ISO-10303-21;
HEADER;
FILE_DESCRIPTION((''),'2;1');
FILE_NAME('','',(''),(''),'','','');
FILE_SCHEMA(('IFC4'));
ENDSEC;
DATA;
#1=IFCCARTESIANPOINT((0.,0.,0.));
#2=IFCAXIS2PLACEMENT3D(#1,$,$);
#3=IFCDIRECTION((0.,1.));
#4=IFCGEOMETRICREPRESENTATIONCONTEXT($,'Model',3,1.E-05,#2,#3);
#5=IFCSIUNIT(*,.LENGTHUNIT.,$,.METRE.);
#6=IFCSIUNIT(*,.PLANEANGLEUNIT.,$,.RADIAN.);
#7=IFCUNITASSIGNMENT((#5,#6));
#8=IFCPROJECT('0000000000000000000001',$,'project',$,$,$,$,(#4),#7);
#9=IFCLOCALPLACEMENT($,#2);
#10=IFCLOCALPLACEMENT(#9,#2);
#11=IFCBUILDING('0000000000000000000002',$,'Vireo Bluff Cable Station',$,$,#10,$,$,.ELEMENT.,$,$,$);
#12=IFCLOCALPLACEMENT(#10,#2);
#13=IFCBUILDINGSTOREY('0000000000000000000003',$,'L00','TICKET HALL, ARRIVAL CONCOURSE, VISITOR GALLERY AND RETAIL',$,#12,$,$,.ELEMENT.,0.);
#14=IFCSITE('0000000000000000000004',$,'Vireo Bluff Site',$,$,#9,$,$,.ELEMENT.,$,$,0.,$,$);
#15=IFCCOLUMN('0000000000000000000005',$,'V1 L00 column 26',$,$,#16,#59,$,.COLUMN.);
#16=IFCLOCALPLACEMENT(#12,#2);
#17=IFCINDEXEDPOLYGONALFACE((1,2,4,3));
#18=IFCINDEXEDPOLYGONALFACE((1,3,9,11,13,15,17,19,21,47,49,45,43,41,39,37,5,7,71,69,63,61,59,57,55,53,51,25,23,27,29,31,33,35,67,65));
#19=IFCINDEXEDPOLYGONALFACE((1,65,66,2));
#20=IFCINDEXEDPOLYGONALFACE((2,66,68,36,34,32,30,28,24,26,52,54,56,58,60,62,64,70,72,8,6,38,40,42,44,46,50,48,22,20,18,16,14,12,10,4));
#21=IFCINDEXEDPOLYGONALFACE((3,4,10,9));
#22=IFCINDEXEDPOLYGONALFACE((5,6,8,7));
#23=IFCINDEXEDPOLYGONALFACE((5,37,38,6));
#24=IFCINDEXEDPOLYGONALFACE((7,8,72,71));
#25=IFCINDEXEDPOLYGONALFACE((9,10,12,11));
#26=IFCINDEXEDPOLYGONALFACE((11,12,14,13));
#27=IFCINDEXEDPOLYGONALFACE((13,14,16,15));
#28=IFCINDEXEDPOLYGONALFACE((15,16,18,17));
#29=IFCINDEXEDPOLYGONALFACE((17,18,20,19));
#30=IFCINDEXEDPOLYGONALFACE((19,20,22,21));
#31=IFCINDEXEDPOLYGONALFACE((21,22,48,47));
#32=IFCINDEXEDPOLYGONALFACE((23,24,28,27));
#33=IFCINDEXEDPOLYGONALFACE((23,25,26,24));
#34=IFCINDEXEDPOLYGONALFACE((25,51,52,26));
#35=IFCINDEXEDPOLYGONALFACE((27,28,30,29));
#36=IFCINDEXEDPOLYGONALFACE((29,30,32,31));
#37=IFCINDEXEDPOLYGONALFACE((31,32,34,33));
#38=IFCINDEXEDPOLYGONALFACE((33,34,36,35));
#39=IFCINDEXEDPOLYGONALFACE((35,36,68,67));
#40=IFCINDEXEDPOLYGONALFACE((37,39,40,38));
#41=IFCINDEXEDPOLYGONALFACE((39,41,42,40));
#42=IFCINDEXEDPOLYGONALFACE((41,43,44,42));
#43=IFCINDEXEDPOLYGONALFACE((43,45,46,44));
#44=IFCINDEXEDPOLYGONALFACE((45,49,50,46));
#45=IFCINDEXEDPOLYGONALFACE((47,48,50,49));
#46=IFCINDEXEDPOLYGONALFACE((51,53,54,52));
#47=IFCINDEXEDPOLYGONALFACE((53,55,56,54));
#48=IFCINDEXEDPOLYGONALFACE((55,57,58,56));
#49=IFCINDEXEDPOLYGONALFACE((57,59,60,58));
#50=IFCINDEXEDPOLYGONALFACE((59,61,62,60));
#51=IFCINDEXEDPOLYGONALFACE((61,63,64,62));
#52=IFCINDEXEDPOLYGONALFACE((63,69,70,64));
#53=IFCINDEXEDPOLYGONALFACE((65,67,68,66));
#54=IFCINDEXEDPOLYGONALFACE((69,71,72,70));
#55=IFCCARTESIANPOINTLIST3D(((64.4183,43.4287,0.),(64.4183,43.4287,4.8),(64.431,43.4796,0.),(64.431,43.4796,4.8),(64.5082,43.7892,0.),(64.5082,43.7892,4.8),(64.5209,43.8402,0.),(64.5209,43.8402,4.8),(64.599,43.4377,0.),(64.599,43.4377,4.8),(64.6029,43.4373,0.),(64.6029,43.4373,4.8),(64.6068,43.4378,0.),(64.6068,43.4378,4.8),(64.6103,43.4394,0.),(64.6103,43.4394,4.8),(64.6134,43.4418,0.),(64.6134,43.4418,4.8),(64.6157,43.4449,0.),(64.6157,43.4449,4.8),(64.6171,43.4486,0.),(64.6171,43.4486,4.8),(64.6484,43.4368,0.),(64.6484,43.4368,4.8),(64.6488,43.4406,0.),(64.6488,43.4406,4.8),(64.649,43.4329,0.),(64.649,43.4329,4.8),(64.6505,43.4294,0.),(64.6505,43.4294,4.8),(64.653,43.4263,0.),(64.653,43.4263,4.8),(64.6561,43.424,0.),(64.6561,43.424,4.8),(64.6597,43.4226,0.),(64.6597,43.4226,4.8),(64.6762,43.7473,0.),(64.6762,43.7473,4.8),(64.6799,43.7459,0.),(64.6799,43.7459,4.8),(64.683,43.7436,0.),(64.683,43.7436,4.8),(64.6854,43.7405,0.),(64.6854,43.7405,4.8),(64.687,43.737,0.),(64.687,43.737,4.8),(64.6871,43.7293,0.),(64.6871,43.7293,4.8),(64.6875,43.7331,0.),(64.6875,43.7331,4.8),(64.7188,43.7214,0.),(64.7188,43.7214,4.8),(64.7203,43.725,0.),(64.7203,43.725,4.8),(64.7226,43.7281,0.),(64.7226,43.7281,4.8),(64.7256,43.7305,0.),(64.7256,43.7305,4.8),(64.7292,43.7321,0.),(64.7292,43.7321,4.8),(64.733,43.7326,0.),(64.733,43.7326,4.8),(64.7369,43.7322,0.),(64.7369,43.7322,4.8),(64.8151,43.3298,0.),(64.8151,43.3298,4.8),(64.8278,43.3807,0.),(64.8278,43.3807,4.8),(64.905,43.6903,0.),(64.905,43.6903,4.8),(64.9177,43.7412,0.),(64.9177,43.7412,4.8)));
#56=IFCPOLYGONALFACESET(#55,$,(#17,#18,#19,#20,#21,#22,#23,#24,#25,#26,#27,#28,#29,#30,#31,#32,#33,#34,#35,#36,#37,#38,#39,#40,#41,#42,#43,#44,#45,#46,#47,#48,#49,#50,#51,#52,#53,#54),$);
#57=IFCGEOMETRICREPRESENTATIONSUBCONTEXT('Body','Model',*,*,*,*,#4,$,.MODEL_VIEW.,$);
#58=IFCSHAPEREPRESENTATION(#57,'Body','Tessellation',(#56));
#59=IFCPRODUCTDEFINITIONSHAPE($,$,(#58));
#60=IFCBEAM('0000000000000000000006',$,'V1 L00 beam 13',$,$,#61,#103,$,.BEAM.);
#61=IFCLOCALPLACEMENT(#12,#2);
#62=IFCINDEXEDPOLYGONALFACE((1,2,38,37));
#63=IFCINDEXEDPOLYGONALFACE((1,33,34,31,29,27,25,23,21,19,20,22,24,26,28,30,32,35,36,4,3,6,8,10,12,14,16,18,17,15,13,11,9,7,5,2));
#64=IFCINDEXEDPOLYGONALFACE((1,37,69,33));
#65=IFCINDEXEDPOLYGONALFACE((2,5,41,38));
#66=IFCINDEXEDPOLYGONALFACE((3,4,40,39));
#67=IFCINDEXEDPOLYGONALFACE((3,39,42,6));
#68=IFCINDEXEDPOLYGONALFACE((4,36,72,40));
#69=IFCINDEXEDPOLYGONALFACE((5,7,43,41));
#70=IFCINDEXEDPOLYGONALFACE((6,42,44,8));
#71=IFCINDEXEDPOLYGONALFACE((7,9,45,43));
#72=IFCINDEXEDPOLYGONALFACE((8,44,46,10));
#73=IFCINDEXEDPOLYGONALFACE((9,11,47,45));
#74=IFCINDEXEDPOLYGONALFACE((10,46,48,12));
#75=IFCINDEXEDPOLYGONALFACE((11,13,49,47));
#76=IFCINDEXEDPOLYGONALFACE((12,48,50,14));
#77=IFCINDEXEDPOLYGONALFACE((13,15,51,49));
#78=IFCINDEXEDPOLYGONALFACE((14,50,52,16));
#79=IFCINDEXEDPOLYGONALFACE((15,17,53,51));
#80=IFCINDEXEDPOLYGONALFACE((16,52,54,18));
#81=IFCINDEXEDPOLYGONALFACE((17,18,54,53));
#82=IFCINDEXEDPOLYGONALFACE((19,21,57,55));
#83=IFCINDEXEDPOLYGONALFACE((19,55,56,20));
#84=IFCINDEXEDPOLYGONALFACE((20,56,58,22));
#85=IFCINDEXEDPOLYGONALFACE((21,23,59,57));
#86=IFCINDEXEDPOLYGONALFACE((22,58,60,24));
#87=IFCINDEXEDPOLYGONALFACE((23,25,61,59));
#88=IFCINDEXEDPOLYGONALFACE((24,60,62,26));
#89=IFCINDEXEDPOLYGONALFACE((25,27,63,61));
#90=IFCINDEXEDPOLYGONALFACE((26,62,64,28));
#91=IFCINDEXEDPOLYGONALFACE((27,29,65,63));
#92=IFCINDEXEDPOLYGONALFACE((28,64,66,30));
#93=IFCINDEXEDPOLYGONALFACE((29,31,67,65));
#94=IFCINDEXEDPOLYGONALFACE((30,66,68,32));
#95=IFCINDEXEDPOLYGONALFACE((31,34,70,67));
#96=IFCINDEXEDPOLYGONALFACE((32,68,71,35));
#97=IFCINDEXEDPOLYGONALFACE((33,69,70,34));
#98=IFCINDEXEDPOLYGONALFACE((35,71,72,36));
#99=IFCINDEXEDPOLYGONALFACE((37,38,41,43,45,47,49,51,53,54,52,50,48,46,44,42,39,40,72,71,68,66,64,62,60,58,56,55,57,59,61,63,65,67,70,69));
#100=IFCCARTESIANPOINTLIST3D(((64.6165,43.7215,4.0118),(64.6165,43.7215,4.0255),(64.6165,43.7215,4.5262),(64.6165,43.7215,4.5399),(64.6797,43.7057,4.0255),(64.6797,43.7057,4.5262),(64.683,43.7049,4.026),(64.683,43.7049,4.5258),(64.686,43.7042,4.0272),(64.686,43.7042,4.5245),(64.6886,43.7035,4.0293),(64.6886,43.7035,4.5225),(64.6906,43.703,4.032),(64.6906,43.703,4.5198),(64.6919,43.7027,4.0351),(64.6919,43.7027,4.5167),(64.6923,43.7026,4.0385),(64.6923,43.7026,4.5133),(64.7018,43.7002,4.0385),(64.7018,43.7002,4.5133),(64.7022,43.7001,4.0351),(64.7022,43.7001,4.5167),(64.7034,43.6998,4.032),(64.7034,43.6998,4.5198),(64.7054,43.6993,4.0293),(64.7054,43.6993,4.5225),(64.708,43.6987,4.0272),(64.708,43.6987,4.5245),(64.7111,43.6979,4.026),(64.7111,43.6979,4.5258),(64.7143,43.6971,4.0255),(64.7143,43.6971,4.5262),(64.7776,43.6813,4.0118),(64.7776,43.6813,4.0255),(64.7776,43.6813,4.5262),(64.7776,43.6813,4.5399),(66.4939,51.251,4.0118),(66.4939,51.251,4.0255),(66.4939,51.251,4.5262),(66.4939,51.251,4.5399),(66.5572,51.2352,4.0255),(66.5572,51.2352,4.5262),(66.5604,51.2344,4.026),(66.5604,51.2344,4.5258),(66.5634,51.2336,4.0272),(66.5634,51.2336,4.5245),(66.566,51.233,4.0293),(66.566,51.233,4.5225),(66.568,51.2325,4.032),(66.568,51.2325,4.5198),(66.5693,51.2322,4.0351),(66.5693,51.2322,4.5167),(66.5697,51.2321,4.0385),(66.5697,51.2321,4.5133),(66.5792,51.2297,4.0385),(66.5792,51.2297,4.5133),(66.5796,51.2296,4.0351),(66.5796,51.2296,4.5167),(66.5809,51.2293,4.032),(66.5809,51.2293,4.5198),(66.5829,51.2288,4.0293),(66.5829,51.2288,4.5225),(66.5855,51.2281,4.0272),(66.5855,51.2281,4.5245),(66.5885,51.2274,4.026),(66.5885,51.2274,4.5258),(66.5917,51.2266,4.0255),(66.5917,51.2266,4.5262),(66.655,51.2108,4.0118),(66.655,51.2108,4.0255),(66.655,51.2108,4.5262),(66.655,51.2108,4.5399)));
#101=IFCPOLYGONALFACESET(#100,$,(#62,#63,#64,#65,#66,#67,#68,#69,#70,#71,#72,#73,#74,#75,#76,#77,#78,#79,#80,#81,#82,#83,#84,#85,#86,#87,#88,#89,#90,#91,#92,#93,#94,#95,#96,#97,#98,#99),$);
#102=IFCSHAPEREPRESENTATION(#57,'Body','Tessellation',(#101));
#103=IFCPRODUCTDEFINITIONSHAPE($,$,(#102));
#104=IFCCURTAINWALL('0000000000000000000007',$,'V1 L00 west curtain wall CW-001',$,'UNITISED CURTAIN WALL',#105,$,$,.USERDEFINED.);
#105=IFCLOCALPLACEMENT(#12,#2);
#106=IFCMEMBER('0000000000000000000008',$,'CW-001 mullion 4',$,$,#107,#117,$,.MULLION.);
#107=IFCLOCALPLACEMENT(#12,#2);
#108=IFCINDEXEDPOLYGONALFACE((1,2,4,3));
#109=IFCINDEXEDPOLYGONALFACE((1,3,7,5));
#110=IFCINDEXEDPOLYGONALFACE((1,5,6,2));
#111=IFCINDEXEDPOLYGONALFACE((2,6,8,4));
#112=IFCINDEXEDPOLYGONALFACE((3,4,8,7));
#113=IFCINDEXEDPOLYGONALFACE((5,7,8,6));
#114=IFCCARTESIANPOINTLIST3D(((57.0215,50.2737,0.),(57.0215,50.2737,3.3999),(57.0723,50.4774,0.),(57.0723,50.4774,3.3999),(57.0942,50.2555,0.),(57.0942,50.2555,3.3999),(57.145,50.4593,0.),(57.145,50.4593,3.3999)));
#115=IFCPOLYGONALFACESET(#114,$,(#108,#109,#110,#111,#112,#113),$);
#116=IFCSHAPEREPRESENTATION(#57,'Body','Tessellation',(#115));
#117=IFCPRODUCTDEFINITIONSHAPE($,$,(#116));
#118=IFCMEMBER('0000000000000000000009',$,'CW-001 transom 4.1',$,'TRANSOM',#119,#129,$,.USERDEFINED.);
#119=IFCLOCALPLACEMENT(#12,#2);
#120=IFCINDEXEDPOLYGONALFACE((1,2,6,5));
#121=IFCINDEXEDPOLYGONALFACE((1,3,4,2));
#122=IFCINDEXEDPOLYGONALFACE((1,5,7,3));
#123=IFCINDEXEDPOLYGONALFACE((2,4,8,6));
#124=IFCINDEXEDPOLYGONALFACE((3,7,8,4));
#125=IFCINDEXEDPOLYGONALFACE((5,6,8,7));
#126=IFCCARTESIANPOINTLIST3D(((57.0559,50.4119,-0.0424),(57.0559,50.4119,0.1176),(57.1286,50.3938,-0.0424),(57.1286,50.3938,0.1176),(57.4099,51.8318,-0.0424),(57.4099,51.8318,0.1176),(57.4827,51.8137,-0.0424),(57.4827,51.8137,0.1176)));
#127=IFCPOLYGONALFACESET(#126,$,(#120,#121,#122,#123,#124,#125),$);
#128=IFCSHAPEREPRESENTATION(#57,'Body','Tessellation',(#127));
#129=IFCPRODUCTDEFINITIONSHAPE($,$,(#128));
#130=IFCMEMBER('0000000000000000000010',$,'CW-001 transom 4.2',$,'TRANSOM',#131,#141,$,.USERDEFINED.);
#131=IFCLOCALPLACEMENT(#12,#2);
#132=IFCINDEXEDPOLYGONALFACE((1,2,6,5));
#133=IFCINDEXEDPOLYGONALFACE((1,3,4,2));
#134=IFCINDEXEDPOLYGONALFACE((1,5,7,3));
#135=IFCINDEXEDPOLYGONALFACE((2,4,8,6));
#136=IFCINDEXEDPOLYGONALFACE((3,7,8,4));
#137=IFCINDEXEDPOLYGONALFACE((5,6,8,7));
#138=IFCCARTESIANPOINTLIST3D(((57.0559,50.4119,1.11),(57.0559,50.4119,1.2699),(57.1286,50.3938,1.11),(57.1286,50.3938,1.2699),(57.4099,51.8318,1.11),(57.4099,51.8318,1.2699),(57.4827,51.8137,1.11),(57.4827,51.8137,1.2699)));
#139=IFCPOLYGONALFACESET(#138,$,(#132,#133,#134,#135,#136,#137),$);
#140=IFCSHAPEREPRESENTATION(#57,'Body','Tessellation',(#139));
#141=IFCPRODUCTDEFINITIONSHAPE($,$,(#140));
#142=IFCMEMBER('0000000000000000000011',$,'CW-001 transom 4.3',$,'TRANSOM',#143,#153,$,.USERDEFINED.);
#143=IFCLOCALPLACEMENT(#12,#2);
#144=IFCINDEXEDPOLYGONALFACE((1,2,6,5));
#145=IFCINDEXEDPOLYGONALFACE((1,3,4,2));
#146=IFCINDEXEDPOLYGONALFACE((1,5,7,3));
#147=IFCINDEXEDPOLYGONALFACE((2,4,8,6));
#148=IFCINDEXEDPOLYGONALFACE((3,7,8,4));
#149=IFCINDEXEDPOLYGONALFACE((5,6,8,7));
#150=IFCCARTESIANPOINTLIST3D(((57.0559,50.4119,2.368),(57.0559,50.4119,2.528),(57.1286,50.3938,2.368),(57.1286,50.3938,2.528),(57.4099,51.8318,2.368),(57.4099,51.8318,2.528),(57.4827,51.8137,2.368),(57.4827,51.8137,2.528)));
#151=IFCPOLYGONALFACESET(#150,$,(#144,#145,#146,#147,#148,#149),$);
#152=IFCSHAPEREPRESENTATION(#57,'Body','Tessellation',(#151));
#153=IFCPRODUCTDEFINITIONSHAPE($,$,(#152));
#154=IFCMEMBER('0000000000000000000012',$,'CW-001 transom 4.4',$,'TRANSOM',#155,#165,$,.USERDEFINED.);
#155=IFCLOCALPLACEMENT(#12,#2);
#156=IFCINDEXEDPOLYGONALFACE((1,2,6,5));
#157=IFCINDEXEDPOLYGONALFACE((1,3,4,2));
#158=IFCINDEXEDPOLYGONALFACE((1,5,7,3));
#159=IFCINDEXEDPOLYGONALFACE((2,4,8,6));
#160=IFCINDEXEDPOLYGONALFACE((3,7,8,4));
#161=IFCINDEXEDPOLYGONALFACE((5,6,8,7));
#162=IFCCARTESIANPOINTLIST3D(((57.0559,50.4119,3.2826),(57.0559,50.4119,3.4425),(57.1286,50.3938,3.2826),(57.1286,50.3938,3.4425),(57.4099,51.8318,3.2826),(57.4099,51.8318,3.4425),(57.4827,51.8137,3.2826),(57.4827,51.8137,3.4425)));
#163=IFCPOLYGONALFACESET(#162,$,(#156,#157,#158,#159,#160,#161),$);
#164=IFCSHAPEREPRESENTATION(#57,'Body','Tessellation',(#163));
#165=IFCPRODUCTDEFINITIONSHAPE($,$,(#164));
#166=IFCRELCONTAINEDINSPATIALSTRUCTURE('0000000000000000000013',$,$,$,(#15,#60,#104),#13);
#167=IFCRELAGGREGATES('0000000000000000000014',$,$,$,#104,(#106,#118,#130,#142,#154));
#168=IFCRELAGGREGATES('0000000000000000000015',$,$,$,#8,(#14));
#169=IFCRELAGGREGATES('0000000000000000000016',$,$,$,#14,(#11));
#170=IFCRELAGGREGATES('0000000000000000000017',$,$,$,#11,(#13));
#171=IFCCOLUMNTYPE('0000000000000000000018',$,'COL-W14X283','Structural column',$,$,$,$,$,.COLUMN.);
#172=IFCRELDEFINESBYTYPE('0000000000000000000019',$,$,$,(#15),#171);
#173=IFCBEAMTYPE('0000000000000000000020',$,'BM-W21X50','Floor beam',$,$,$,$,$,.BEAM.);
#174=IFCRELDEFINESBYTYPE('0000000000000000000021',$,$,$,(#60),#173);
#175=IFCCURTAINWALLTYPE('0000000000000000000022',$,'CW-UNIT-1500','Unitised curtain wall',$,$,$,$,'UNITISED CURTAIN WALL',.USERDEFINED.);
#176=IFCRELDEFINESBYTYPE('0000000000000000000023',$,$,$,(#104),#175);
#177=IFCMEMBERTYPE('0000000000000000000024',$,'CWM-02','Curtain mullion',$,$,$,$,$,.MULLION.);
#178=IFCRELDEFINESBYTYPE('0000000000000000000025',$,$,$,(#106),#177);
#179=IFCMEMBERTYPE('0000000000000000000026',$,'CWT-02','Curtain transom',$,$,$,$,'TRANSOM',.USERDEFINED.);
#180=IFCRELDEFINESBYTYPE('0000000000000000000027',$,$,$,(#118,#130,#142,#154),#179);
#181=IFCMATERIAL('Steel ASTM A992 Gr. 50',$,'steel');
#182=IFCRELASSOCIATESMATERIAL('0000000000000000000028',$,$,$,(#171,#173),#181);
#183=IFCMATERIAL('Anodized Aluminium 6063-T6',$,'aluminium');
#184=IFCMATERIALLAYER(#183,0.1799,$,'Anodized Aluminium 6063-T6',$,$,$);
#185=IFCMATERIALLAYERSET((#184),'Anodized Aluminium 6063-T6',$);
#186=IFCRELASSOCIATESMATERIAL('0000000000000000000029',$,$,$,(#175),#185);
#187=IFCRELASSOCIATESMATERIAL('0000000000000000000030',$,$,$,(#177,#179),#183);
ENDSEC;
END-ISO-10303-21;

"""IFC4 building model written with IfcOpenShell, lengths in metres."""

from ifc_helpers import new_model, si_unit, direction, frame, origin, origin_2d, place, context, subcontext, project, spatial, rectangle, i_section, extrude, material, layer, layer_set, material_profile, profile_set, type_object, element, aggregate, save


model = new_model("IFC4")

# Units and contexts
model_context = context("Model", 3, precision=1e-05, world=origin(), true_north=direction((0.0, 1.0)))
body_context = subcontext(model_context, "Body", "Model", "MODEL_VIEW")
ifc_project = project(units=[si_unit("LENGTHUNIT", "METRE"), si_unit("PLANEANGLEUNIT", "RADIAN")], contexts=[model_context])

# Site, building, storey
site_placement = place(None, origin())
site = spatial("IfcSite", under=ifc_project, at=site_placement, Name="Vireo Bluff Site", CompositionType="ELEMENT", RefElevation=0.0)
building_placement = place(site_placement, origin())
building = spatial("IfcBuilding", under=site, at=building_placement, Name="Vireo Bluff Cable Station", CompositionType="ELEMENT")
storey_placement = place(building_placement, origin())
storey = spatial("IfcBuildingStorey", under=building, at=storey_placement, Name="L00", Description="TICKET HALL, ARRIVAL CONCOURSE, VISITOR GALLERY AND RETAIL", CompositionType="ELEMENT", Elevation=0.0)

# Column
ifc_material_1 = material(Name="Steel ASTM A992 Gr. 50", Category="steel")
ifc_material_profile_1 = material_profile(ifc_material_1, i_section(OverallWidth=0.4089, OverallDepth=0.4241, WebThickness=0.0327, FlangeThickness=0.0525, FilletRadius=0.0149, at=origin_2d()), Name="W14X283")
ifc_profile_set_1 = profile_set([ifc_material_profile_1], Name="Steel ASTM A992 Gr. 50")
column_type = type_object("IfcColumnType", Name="COL-W14X283", Description="Structural column", PredefinedType="COLUMN", material=ifc_profile_set_1)
column_placement = place(storey_placement, frame((64.668, 43.585, 0.0), z_axis=(0.0, 0.0, 1.0), x_axis=(0.970296, -0.241922, 0.0)))
element("IfcColumn", 1, at=column_placement, inside=storey, type_object=column_type, Name="V1 L00 column 26", PredefinedType="COLUMN", context=body_context, shape_type="SweptSolid", body=[
    extrude(i_section(OverallWidth=0.4089, OverallDepth=0.4241, WebThickness=0.0327, FlangeThickness=0.0525, FilletRadius=0.0149, at=origin_2d()), origin(), (0.0, 0.0, 1.0), 4.8),
])

# Beam
ifc_material_profile_2 = material_profile(ifc_material_1, i_section(OverallWidth=0.166, OverallDepth=0.5281, WebThickness=0.0098, FlangeThickness=0.0137, FilletRadius=0.0129, at=origin_2d()), Name="W21X50")
ifc_profile_set_2 = profile_set([ifc_material_profile_2], Name="Steel ASTM A992 Gr. 50")
beam_type_1 = type_object("IfcBeamType", Name="BM-W21X50", Description="Floor beam", PredefinedType="BEAM", material=ifc_profile_set_2)
beam_1_placement = place(storey_placement, frame((64.697, 43.7014, 4.2759), z_axis=(0.241936, 0.970292, 0.0), x_axis=(-0.970292, 0.241936, 0.0)))
element("IfcBeam", 2, at=beam_1_placement, inside=storey, type_object=beam_type_1, Name="V1 L00 beam 13", PredefinedType="BEAM", context=body_context, shape_type="SweptSolid", body=[
    extrude(i_section(OverallWidth=0.166, OverallDepth=0.5281, WebThickness=0.0098, FlangeThickness=0.0137, FilletRadius=0.0129, at=origin_2d()), origin(), (0.0, 0.0, 1.0), 7.76),
])

# Curtain wall, members
ifc_material_2 = material(Name="Anodized Aluminium 6063-T6", Category="aluminium")
ifc_layer_1 = layer(ifc_material_2, 0.1799, Name="Anodized Aluminium 6063-T6")
ifc_layer_set_1 = layer_set([ifc_layer_1], Name="Anodized Aluminium 6063-T6")
curtain_wall_type = type_object("IfcCurtainWallType", Name="CW-UNIT-1500", Description="Unitised curtain wall", ElementType="UNITISED CURTAIN WALL", PredefinedType="USERDEFINED", material=ifc_layer_set_1)
curtain_wall_placement = place(storey_placement, origin())
curtain_wall = element("IfcCurtainWall", 3, at=curtain_wall_placement, inside=storey, type_object=curtain_wall_type, Name="V1 L00 west curtain wall CW-001", ObjectType="UNITISED CURTAIN WALL", PredefinedType="USERDEFINED")
ifc_material_profile_3 = material_profile(ifc_material_2, rectangle(XDim=0.075, YDim=0.21, at=origin_2d()), Name="ALU-M-75X210")
ifc_profile_set_3 = profile_set([ifc_material_profile_3], Name="Anodized Aluminium 6063-T6")
member_type_1 = type_object("IfcMemberType", Name="CWM-02", Description="Curtain mullion", PredefinedType="MULLION", material=ifc_profile_set_3)
member_1_placement = place(storey_placement, frame((57.0833, 50.3665, 0.0), z_axis=(0.0, 0.0, 1.0), x_axis=(-0.970296, 0.241922, 0.0)))
member_1 = element("IfcMember", 4, at=member_1_placement, type_object=member_type_1, Name="CW-001 mullion 4", PredefinedType="MULLION", context=body_context, shape_type="SweptSolid", body=[
    extrude(rectangle(XDim=0.075, YDim=0.21, at=origin_2d()), origin(), (0.0, 0.0, 1.0), 3.3999),
])
ifc_material_profile_4 = material_profile(ifc_material_2, rectangle(XDim=0.075, YDim=0.1599, at=origin_2d()), Name="ALU-T-75X160")
ifc_profile_set_4 = profile_set([ifc_material_profile_4], Name="Anodized Aluminium 6063-T6")
member_type_2 = type_object("IfcMemberType", Name="CWT-02", Description="Curtain transom", ElementType="TRANSOM", PredefinedType="USERDEFINED", material=ifc_profile_set_4)
member_2_placement = place(storey_placement, frame((57.0923, 50.4028, 0.0376), z_axis=(0.241907, 0.970299, 0.0), x_axis=(-0.970299, 0.241907, 0.0)))
member_2 = element("IfcMember", 5, at=member_2_placement, type_object=member_type_2, Name="CW-001 transom 4.1", ObjectType="TRANSOM", PredefinedType="USERDEFINED", context=body_context, shape_type="SweptSolid", body=[
    extrude(rectangle(XDim=0.075, YDim=0.1599, at=origin_2d()), origin(), (0.0, 0.0, 1.0), 1.4634),
])
member_3_placement = place(storey_placement, frame((57.0923, 50.4028, 1.1899), z_axis=(0.241907, 0.970299, 0.0), x_axis=(-0.970299, 0.241907, 0.0)))
member_3 = element("IfcMember", 6, at=member_3_placement, type_object=member_type_2, Name="CW-001 transom 4.2", ObjectType="TRANSOM", PredefinedType="USERDEFINED", context=body_context, shape_type="SweptSolid", body=[
    extrude(rectangle(XDim=0.075, YDim=0.1599, at=origin_2d()), origin(), (0.0, 0.0, 1.0), 1.4634),
])
member_4_placement = place(storey_placement, frame((57.0923, 50.4028, 2.448), z_axis=(0.241907, 0.970299, 0.0), x_axis=(-0.970299, 0.241907, 0.0)))
member_4 = element("IfcMember", 7, at=member_4_placement, type_object=member_type_2, Name="CW-001 transom 4.3", ObjectType="TRANSOM", PredefinedType="USERDEFINED", context=body_context, shape_type="SweptSolid", body=[
    extrude(rectangle(XDim=0.075, YDim=0.1599, at=origin_2d()), origin(), (0.0, 0.0, 1.0), 1.4634),
])
member_5_placement = place(storey_placement, frame((57.0923, 50.4028, 3.3625), z_axis=(0.241907, 0.970299, 0.0), x_axis=(-0.970299, 0.241907, 0.0)))
member_5 = element("IfcMember", 8, at=member_5_placement, type_object=member_type_2, Name="CW-001 transom 4.4", ObjectType="TRANSOM", PredefinedType="USERDEFINED", context=body_context, shape_type="SweptSolid", body=[
    extrude(rectangle(XDim=0.075, YDim=0.1599, at=origin_2d()), origin(), (0.0, 0.0, 1.0), 1.4634),
])

aggregate(curtain_wall, [member_1, member_2, member_3, member_4, member_5])

save(model, "model.ifc")
